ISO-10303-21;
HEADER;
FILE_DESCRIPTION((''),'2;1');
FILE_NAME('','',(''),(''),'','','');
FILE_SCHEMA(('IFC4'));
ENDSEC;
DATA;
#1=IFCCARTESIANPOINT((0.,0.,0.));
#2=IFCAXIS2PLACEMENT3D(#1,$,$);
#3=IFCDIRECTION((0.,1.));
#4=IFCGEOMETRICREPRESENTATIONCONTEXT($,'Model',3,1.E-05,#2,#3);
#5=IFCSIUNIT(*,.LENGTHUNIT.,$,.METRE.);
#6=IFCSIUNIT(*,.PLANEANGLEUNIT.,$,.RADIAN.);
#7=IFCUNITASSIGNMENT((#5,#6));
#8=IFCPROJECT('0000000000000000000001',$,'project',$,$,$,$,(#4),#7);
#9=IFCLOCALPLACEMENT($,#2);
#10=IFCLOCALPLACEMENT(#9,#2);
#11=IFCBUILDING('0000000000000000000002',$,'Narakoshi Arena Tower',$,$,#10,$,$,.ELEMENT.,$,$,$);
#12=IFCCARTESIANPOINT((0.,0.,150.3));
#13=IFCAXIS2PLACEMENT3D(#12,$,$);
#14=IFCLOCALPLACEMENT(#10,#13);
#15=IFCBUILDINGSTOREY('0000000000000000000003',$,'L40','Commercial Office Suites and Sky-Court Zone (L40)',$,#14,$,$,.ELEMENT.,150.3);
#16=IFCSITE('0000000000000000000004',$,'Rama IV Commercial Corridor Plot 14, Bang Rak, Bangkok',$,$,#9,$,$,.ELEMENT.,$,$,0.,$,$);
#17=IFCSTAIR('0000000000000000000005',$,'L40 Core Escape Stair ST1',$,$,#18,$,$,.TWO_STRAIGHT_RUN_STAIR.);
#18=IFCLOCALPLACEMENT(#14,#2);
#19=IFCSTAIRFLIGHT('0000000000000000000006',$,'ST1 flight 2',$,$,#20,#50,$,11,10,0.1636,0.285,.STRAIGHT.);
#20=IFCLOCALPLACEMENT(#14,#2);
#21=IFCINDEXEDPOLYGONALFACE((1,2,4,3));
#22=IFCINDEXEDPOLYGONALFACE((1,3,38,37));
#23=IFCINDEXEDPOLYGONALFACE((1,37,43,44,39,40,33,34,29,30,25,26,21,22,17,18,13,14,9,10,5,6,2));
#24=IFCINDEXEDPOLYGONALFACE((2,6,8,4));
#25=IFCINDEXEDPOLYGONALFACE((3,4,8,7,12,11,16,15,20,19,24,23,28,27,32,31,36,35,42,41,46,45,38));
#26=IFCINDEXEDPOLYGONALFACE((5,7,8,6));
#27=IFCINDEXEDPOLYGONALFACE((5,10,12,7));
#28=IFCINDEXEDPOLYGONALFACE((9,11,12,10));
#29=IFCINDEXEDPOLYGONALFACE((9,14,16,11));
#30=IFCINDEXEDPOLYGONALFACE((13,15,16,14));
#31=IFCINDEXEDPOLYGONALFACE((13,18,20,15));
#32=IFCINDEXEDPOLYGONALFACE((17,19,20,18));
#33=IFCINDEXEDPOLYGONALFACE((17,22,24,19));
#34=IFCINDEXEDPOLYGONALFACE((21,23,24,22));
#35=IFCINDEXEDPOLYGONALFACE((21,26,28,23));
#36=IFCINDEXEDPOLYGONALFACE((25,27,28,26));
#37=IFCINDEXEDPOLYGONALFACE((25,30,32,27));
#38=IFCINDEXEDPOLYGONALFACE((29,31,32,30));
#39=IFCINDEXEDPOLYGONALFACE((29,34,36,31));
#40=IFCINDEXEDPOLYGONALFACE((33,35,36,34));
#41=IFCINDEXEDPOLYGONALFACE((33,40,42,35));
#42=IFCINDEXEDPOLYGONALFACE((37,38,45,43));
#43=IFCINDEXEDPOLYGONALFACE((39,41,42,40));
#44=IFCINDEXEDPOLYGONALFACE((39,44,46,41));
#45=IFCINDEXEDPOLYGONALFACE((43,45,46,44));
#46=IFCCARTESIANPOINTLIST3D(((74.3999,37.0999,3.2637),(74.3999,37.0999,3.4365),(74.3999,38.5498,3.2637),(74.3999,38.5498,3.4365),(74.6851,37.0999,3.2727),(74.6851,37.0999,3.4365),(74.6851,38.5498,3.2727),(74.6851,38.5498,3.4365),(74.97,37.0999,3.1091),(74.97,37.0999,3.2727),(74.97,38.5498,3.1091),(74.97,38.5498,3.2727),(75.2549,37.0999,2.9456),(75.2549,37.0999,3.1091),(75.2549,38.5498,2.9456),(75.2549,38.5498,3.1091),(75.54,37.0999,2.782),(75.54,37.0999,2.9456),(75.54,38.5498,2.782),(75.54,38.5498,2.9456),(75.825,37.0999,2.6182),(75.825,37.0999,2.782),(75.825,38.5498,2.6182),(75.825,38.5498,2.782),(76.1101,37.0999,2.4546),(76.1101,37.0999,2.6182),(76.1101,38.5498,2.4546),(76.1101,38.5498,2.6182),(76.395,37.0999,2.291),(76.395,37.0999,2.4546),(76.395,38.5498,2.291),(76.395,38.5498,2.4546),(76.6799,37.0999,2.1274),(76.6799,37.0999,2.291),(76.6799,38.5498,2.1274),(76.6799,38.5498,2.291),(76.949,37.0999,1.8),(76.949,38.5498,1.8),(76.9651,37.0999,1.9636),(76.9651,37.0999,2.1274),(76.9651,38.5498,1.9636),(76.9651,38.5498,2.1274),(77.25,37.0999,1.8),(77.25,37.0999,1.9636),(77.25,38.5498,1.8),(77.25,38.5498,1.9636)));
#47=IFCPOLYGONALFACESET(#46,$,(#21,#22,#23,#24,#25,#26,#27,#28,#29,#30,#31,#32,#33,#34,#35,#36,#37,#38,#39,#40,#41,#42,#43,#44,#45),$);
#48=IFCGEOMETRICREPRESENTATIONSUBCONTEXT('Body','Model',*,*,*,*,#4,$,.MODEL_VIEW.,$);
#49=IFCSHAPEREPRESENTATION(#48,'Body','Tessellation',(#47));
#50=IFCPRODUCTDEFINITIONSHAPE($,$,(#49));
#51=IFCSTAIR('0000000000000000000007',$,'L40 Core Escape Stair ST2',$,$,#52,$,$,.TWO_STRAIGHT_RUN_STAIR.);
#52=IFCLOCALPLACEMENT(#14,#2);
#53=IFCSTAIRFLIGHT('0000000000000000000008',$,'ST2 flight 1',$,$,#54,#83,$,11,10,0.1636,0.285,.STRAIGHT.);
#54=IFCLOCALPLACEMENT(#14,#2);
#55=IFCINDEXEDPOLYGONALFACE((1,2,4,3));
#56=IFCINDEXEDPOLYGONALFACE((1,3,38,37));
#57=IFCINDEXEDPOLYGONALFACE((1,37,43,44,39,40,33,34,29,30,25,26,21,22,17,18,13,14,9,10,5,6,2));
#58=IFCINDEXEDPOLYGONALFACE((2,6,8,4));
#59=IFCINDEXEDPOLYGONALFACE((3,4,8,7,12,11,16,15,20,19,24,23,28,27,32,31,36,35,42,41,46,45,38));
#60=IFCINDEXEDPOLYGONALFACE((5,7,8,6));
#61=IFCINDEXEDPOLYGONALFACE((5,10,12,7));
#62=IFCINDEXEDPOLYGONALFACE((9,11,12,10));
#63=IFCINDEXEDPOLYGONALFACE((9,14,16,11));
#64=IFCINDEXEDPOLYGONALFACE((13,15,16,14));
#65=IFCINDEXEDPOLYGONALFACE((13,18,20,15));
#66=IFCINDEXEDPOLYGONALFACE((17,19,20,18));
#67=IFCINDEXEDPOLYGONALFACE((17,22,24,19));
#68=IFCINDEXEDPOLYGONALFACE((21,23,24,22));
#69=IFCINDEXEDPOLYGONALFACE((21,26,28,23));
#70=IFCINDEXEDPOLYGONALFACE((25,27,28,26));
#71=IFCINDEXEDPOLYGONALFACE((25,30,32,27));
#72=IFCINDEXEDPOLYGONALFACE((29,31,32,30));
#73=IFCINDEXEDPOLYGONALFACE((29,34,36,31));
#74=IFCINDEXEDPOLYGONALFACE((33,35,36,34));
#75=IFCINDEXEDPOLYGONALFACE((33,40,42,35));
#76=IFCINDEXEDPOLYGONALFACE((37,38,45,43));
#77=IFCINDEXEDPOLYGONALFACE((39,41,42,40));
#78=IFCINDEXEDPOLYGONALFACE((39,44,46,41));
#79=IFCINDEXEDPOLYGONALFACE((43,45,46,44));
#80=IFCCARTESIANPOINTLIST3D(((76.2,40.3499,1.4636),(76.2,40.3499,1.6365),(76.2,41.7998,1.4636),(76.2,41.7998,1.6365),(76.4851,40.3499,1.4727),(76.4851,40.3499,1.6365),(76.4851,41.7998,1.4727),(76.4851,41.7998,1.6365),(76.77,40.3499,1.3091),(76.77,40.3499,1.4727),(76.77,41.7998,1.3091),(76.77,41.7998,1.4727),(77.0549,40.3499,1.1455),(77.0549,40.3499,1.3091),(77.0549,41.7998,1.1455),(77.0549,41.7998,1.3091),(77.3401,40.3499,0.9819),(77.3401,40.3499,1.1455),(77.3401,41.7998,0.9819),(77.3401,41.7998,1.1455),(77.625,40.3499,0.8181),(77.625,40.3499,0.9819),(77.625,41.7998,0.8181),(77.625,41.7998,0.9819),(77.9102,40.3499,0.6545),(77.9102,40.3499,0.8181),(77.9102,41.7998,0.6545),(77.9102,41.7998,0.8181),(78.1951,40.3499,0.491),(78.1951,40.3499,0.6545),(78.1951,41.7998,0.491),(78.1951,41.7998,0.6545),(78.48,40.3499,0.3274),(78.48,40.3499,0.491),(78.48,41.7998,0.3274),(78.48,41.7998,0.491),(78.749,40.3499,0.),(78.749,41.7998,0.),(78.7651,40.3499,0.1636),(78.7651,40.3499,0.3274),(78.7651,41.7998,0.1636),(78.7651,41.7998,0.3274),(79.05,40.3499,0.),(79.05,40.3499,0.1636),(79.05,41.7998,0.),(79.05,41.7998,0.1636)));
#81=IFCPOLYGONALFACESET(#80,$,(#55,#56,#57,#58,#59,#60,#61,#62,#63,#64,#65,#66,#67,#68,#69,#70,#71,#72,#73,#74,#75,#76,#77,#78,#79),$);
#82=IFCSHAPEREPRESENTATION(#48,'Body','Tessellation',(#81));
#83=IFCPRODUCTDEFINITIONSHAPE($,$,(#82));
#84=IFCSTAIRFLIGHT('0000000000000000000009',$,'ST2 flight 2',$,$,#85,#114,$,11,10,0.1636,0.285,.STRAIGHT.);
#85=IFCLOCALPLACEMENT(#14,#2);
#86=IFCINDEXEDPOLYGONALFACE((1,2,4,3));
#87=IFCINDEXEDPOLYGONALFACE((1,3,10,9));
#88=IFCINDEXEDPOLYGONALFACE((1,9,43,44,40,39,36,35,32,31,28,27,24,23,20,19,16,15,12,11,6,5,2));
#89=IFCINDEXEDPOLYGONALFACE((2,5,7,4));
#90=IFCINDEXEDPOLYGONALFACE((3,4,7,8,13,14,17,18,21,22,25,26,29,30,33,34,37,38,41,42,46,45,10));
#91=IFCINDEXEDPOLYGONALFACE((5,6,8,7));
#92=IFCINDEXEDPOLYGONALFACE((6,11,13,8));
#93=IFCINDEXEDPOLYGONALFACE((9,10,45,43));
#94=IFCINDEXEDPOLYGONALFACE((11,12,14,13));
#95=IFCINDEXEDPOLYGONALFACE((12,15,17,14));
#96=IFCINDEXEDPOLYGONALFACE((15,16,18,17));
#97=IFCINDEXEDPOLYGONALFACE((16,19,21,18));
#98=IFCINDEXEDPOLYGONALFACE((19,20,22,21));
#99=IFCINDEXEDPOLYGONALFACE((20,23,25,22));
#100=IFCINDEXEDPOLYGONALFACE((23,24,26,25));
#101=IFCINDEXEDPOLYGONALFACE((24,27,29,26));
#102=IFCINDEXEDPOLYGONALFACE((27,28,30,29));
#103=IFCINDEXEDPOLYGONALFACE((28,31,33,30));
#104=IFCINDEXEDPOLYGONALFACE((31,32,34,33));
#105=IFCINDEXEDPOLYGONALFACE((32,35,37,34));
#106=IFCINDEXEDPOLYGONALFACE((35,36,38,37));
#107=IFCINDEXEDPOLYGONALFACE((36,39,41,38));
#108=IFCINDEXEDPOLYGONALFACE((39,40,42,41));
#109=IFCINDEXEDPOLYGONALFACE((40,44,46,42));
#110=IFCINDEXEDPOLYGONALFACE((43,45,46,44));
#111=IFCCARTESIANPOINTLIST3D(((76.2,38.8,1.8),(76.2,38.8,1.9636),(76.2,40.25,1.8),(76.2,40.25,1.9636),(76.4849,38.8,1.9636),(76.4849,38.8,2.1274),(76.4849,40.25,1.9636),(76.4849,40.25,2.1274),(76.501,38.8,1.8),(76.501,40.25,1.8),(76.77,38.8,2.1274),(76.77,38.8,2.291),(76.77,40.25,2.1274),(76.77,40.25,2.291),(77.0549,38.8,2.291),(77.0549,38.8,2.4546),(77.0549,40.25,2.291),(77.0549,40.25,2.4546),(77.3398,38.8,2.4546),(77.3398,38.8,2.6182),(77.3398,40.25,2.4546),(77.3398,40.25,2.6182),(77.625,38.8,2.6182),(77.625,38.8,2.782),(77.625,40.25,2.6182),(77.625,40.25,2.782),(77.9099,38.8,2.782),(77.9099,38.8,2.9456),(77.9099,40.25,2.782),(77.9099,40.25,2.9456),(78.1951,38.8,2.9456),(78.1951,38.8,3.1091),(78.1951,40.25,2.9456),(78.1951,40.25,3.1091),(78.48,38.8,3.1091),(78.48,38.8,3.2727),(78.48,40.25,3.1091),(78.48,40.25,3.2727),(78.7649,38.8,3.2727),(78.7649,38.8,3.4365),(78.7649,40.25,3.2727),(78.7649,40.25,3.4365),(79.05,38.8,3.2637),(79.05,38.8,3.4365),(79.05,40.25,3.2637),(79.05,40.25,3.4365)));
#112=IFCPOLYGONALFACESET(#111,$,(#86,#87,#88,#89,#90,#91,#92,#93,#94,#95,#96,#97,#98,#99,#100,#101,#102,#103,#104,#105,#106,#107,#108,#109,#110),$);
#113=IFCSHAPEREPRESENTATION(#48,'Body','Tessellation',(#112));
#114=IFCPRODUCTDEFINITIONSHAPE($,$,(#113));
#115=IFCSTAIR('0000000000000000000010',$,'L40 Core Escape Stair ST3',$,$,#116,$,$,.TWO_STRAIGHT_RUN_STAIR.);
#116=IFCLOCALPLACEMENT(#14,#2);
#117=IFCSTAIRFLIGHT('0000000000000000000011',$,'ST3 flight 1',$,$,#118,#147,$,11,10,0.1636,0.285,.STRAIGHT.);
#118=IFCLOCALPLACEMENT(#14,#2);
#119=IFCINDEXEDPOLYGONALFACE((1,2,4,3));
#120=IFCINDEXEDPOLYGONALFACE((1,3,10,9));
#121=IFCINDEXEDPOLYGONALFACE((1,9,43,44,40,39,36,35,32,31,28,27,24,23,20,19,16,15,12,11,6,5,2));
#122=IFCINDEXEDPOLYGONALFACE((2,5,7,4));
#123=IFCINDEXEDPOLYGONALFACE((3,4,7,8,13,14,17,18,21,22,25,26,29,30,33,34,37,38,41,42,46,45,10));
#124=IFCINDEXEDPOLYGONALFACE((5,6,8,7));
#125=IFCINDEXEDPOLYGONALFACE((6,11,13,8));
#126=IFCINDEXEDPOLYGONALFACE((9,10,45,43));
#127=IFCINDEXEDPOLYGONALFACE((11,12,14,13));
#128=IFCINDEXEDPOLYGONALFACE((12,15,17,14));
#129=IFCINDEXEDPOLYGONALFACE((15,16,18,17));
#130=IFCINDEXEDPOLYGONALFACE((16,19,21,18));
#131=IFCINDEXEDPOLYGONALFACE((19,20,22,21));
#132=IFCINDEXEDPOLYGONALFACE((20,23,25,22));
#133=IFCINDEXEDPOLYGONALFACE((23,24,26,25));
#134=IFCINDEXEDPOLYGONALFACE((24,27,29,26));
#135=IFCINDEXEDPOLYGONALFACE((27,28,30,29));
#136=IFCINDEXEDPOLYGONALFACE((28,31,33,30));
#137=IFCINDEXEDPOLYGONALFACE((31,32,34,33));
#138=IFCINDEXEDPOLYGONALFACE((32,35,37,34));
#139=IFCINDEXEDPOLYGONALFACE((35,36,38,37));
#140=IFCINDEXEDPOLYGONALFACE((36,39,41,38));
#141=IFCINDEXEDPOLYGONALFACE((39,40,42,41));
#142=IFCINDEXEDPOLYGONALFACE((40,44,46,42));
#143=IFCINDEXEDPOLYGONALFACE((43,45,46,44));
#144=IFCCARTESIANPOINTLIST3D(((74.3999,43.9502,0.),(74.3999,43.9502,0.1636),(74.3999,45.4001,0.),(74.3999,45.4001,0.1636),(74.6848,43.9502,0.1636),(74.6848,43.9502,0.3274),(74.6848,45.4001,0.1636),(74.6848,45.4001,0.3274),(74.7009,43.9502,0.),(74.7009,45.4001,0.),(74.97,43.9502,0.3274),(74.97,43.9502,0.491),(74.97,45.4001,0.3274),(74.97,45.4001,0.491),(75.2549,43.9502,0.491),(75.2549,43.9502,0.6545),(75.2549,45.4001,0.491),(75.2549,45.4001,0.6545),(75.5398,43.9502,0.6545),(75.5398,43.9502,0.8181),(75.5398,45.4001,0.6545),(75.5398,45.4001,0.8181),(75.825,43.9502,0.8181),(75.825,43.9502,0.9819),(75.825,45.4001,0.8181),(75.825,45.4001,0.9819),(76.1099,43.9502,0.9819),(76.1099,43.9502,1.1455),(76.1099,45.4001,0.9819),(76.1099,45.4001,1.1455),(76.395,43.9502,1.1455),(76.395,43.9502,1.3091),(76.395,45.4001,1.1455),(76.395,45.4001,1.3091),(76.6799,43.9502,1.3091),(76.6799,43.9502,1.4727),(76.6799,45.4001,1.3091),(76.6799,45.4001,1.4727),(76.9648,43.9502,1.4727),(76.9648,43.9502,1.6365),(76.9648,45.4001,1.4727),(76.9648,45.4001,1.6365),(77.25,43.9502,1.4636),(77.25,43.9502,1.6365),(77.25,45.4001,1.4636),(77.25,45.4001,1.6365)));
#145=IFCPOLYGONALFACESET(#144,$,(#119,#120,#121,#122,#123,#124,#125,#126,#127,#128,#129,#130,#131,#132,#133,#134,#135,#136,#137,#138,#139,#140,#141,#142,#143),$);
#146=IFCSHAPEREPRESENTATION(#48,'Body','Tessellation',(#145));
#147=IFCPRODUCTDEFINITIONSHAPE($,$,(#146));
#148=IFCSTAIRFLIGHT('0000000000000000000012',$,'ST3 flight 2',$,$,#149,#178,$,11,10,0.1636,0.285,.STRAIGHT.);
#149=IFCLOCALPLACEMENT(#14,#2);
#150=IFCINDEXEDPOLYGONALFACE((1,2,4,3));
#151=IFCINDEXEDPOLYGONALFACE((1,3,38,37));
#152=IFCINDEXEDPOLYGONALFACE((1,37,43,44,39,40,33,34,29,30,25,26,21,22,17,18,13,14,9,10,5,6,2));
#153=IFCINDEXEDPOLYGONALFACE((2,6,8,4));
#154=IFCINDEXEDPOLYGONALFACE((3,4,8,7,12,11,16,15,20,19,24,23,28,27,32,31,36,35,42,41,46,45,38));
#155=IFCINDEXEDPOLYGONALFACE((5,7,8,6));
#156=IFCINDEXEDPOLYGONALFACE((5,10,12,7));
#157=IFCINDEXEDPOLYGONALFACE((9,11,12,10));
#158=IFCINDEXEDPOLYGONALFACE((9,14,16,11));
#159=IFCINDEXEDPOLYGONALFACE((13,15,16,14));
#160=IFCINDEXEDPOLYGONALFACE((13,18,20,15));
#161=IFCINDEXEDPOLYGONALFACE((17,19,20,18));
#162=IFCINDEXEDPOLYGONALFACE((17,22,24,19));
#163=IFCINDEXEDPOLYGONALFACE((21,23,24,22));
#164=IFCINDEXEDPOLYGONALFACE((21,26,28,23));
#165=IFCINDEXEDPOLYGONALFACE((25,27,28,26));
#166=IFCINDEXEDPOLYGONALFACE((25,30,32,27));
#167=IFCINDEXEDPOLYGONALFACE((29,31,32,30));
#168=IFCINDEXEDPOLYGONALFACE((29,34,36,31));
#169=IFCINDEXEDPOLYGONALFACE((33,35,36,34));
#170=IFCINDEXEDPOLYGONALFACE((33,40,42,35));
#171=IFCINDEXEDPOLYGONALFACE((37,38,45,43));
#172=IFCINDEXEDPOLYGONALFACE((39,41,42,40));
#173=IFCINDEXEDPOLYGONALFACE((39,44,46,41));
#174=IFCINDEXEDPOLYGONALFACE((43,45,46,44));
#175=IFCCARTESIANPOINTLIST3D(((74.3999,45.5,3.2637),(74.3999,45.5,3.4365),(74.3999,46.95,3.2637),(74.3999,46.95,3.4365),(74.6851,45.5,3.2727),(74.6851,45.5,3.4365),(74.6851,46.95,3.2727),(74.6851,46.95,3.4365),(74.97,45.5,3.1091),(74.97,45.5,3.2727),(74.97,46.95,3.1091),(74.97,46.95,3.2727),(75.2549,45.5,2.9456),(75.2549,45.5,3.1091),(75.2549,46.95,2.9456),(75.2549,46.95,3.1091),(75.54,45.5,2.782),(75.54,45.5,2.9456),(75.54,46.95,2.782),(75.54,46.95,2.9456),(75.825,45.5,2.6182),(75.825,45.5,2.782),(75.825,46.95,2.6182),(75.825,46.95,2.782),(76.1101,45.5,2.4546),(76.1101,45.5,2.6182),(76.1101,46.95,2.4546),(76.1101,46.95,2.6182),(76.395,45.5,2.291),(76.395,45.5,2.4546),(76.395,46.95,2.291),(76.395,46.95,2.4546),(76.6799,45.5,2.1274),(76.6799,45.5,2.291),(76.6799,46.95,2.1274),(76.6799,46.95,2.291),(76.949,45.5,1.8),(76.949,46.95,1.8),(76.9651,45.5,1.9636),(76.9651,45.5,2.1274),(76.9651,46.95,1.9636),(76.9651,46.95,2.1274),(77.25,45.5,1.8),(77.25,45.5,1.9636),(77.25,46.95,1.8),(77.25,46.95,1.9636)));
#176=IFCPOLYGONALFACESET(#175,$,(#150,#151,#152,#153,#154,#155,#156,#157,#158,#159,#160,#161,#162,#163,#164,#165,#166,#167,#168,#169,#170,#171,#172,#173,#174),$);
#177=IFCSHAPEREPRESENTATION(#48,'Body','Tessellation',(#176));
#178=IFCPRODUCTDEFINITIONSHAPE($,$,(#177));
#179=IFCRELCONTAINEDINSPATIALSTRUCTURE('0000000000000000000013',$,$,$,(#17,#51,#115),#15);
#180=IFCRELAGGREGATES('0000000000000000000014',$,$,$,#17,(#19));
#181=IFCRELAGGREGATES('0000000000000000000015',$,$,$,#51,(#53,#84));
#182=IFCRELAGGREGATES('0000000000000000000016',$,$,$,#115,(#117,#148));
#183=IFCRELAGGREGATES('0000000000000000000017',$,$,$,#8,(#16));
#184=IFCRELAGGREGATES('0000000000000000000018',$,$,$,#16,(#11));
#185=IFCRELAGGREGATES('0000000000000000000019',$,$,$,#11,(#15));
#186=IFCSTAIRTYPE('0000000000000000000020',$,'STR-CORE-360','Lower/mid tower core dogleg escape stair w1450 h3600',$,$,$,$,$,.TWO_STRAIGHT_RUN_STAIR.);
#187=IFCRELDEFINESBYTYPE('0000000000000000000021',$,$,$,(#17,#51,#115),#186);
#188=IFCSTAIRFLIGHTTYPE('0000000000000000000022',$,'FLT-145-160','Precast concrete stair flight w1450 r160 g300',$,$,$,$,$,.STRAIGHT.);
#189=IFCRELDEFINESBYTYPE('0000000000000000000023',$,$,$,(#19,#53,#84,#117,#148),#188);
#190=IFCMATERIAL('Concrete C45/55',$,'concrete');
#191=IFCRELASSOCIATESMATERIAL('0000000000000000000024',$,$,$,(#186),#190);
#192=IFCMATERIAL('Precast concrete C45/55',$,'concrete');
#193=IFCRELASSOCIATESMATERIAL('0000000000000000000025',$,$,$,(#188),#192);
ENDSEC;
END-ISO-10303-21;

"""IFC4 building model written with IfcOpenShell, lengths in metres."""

from ifc_helpers import new_model, si_unit, direction, frame, origin, place, context, subcontext, project, spatial, polyline, outline, extrude, material, type_object, element, aggregate, save


model = new_model("IFC4")

# Units and contexts
model_context = context("Model", 3, precision=1e-05, world=origin(), true_north=direction((0.0, 1.0)))
body_context = subcontext(model_context, "Body", "Model", "MODEL_VIEW")
ifc_project = project(units=[si_unit("LENGTHUNIT", "METRE"), si_unit("PLANEANGLEUNIT", "RADIAN")], contexts=[model_context])

# Site, building, storey
site_placement = place(None, origin())
site = spatial("IfcSite", under=ifc_project, at=site_placement, Name="Rama IV Commercial Corridor Plot 14, Bang Rak, Bangkok", CompositionType="ELEMENT", RefElevation=0.0)
building_placement = place(site_placement, origin())
building = spatial("IfcBuilding", under=site, at=building_placement, Name="Narakoshi Arena Tower", CompositionType="ELEMENT")
storey_placement = place(building_placement, frame((0.0, 0.0, 150.3)))
storey = spatial("IfcBuildingStorey", under=building, at=storey_placement, Name="L40", Description="Commercial Office Suites and Sky-Court Zone (L40)", CompositionType="ELEMENT", Elevation=150.3)

# Stairs, stair flights
ifc_material_1 = material(Name="Concrete C45/55", Category="concrete")
stair_type = type_object("IfcStairType", Name="STR-CORE-360", Description="Lower/mid tower core dogleg escape stair w1450 h3600", PredefinedType="TWO_STRAIGHT_RUN_STAIR", material=ifc_material_1)
stair_1_placement = place(storey_placement, origin())
stair_1 = element("IfcStair", 1, at=stair_1_placement, inside=storey, type_object=stair_type, Name="L40 Core Escape Stair ST1", PredefinedType="TWO_STRAIGHT_RUN_STAIR")
ifc_material_2 = material(Name="Precast concrete C45/55", Category="concrete")
stair_flight_type = type_object("IfcStairFlightType", Name="FLT-145-160", Description="Precast concrete stair flight w1450 r160 g300", PredefinedType="STRAIGHT", material=ifc_material_2)
stair_flight_1_placement = place(storey_placement, frame((77.25, 37.825, 1.8), z_axis=(0.0, 0.0, 1.0), x_axis=(-1.0, 0.0, 0.0)))
stair_flight_1 = element("IfcStairFlight", 2, at=stair_flight_1_placement, type_object=stair_flight_type, Name="ST1 flight 2", NumberOfRisers=11, NumberOfTreads=10, PredefinedType="STRAIGHT", RiserHeight=0.1636, TreadLength=0.285, context=body_context, shape_type="SweptSolid", body=[
    extrude(outline(polyline([(0.0, 0.0), (0.0, 0.1636), (0.2849, 0.1636), (0.2849, 0.3274), (0.5701, 0.3274), (0.5701, 0.491), (0.855, 0.491), (0.855, 0.6545), (1.1399, 0.6545), (1.1399, 0.8181), (1.425, 0.8181), (1.425, 0.9819), (1.71, 0.9819), (1.71, 1.1455), (1.9951, 1.1455), (1.9951, 1.3091), (2.28, 1.3091), (2.28, 1.4727), (2.5649, 1.4727), (2.5649, 1.6365), (2.8501, 1.6365), (2.8501, 1.8), (2.8501, 1.4636), (0.301, 0.0), (0.0, 0.0)])), frame((0.0, 0.7251, 0.0), z_axis=(0.0, -1.0, 0.0), x_axis=(1.0, 0.0, 0.0)), (0.0, 0.0, 1.0), 1.45),
])
aggregate(stair_1, [stair_flight_1])
stair_2_placement = place(storey_placement, origin())
stair_2 = element("IfcStair", 3, at=stair_2_placement, inside=storey, type_object=stair_type, Name="L40 Core Escape Stair ST2", PredefinedType="TWO_STRAIGHT_RUN_STAIR")
stair_flight_2_placement = place(storey_placement, frame((79.05, 41.075, 0.0), z_axis=(0.0, 0.0, 1.0), x_axis=(-1.0, 0.0, 0.0)))
stair_flight_2 = element("IfcStairFlight", 4, at=stair_flight_2_placement, type_object=stair_flight_type, Name="ST2 flight 1", NumberOfRisers=11, NumberOfTreads=10, PredefinedType="STRAIGHT", RiserHeight=0.1636, TreadLength=0.285, context=body_context, shape_type="SweptSolid", body=[
    extrude(outline(polyline([(0.0, 0.0), (0.0, 0.1636), (0.2849, 0.1636), (0.2849, 0.3274), (0.5701, 0.3274), (0.5701, 0.491), (0.855, 0.491), (0.855, 0.6545), (1.1399, 0.6545), (1.1399, 0.8181), (1.425, 0.8181), (1.425, 0.9819), (1.71, 0.9819), (1.71, 1.1455), (1.9951, 1.1455), (1.9951, 1.3091), (2.28, 1.3091), (2.28, 1.4727), (2.5649, 1.4727), (2.5649, 1.6365), (2.8501, 1.6365), (2.8501, 1.8), (2.8501, 1.4636), (0.301, 0.0), (0.0, 0.0)])), frame((0.0, 0.7251, 0.0), z_axis=(0.0, -1.0, 0.0), x_axis=(1.0, 0.0, 0.0)), (0.0, 0.0, 1.0), 1.45),
])
stair_flight_3_placement = place(storey_placement, frame((76.2, 39.5249, 1.8), z_axis=(0.0, 0.0, 1.0), x_axis=(1.0, 0.0, 0.0)))
stair_flight_3 = element("IfcStairFlight", 5, at=stair_flight_3_placement, type_object=stair_flight_type, Name="ST2 flight 2", NumberOfRisers=11, NumberOfTreads=10, PredefinedType="STRAIGHT", RiserHeight=0.1636, TreadLength=0.285, context=body_context, shape_type="SweptSolid", body=[
    extrude(outline(polyline([(0.0, 0.0), (0.0, 0.1636), (0.2849, 0.1636), (0.2849, 0.3274), (0.5701, 0.3274), (0.5701, 0.491), (0.855, 0.491), (0.855, 0.6545), (1.1399, 0.6545), (1.1399, 0.8181), (1.425, 0.8181), (1.425, 0.9819), (1.71, 0.9819), (1.71, 1.1455), (1.9951, 1.1455), (1.9951, 1.3091), (2.28, 1.3091), (2.28, 1.4727), (2.5649, 1.4727), (2.5649, 1.6365), (2.8501, 1.6365), (2.8501, 1.8), (2.8501, 1.4636), (0.301, 0.0), (0.0, 0.0)])), frame((0.0, 0.7251, 0.0), z_axis=(0.0, -1.0, 0.0), x_axis=(1.0, 0.0, 0.0)), (0.0, 0.0, 1.0), 1.45),
])
aggregate(stair_2, [stair_flight_2, stair_flight_3])
stair_3_placement = place(storey_placement, origin())
stair_3 = element("IfcStair", 6, at=stair_3_placement, inside=storey, type_object=stair_type, Name="L40 Core Escape Stair ST3", PredefinedType="TWO_STRAIGHT_RUN_STAIR")
stair_flight_4_placement = place(storey_placement, frame((74.3999, 44.675, 0.0), z_axis=(0.0, 0.0, 1.0), x_axis=(1.0, 0.0, 0.0)))
stair_flight_4 = element("IfcStairFlight", 7, at=stair_flight_4_placement, type_object=stair_flight_type, Name="ST3 flight 1", NumberOfRisers=11, NumberOfTreads=10, PredefinedType="STRAIGHT", RiserHeight=0.1636, TreadLength=0.285, context=body_context, shape_type="SweptSolid", body=[
    extrude(outline(polyline([(0.0, 0.0), (0.0, 0.1636), (0.2849, 0.1636), (0.2849, 0.3274), (0.5701, 0.3274), (0.5701, 0.491), (0.855, 0.491), (0.855, 0.6545), (1.1399, 0.6545), (1.1399, 0.8181), (1.425, 0.8181), (1.425, 0.9819), (1.71, 0.9819), (1.71, 1.1455), (1.9951, 1.1455), (1.9951, 1.3091), (2.28, 1.3091), (2.28, 1.4727), (2.5649, 1.4727), (2.5649, 1.6365), (2.8501, 1.6365), (2.8501, 1.8), (2.8501, 1.4636), (0.301, 0.0), (0.0, 0.0)])), frame((0.0, 0.7251, 0.0), z_axis=(0.0, -1.0, 0.0), x_axis=(1.0, 0.0, 0.0)), (0.0, 0.0, 1.0), 1.45),
])
stair_flight_5_placement = place(storey_placement, frame((77.25, 46.2251, 1.8), z_axis=(0.0, 0.0, 1.0), x_axis=(-1.0, 0.0, 0.0)))
stair_flight_5 = element("IfcStairFlight", 8, at=stair_flight_5_placement, type_object=stair_flight_type, Name="ST3 flight 2", NumberOfRisers=11, NumberOfTreads=10, PredefinedType="STRAIGHT", RiserHeight=0.1636, TreadLength=0.285, context=body_context, shape_type="SweptSolid", body=[
    extrude(outline(polyline([(0.0, 0.0), (0.0, 0.1636), (0.2849, 0.1636), (0.2849, 0.3274), (0.5701, 0.3274), (0.5701, 0.491), (0.855, 0.491), (0.855, 0.6545), (1.1399, 0.6545), (1.1399, 0.8181), (1.425, 0.8181), (1.425, 0.9819), (1.71, 0.9819), (1.71, 1.1455), (1.9951, 1.1455), (1.9951, 1.3091), (2.28, 1.3091), (2.28, 1.4727), (2.5649, 1.4727), (2.5649, 1.6365), (2.8501, 1.6365), (2.8501, 1.8), (2.8501, 1.4636), (0.301, 0.0), (0.0, 0.0)])), frame((0.0, 0.7251, 0.0), z_axis=(0.0, -1.0, 0.0), x_axis=(1.0, 0.0, 0.0)), (0.0, 0.0, 1.0), 1.45),
])
aggregate(stair_3, [stair_flight_4, stair_flight_5])

save(model, "model.ifc")
